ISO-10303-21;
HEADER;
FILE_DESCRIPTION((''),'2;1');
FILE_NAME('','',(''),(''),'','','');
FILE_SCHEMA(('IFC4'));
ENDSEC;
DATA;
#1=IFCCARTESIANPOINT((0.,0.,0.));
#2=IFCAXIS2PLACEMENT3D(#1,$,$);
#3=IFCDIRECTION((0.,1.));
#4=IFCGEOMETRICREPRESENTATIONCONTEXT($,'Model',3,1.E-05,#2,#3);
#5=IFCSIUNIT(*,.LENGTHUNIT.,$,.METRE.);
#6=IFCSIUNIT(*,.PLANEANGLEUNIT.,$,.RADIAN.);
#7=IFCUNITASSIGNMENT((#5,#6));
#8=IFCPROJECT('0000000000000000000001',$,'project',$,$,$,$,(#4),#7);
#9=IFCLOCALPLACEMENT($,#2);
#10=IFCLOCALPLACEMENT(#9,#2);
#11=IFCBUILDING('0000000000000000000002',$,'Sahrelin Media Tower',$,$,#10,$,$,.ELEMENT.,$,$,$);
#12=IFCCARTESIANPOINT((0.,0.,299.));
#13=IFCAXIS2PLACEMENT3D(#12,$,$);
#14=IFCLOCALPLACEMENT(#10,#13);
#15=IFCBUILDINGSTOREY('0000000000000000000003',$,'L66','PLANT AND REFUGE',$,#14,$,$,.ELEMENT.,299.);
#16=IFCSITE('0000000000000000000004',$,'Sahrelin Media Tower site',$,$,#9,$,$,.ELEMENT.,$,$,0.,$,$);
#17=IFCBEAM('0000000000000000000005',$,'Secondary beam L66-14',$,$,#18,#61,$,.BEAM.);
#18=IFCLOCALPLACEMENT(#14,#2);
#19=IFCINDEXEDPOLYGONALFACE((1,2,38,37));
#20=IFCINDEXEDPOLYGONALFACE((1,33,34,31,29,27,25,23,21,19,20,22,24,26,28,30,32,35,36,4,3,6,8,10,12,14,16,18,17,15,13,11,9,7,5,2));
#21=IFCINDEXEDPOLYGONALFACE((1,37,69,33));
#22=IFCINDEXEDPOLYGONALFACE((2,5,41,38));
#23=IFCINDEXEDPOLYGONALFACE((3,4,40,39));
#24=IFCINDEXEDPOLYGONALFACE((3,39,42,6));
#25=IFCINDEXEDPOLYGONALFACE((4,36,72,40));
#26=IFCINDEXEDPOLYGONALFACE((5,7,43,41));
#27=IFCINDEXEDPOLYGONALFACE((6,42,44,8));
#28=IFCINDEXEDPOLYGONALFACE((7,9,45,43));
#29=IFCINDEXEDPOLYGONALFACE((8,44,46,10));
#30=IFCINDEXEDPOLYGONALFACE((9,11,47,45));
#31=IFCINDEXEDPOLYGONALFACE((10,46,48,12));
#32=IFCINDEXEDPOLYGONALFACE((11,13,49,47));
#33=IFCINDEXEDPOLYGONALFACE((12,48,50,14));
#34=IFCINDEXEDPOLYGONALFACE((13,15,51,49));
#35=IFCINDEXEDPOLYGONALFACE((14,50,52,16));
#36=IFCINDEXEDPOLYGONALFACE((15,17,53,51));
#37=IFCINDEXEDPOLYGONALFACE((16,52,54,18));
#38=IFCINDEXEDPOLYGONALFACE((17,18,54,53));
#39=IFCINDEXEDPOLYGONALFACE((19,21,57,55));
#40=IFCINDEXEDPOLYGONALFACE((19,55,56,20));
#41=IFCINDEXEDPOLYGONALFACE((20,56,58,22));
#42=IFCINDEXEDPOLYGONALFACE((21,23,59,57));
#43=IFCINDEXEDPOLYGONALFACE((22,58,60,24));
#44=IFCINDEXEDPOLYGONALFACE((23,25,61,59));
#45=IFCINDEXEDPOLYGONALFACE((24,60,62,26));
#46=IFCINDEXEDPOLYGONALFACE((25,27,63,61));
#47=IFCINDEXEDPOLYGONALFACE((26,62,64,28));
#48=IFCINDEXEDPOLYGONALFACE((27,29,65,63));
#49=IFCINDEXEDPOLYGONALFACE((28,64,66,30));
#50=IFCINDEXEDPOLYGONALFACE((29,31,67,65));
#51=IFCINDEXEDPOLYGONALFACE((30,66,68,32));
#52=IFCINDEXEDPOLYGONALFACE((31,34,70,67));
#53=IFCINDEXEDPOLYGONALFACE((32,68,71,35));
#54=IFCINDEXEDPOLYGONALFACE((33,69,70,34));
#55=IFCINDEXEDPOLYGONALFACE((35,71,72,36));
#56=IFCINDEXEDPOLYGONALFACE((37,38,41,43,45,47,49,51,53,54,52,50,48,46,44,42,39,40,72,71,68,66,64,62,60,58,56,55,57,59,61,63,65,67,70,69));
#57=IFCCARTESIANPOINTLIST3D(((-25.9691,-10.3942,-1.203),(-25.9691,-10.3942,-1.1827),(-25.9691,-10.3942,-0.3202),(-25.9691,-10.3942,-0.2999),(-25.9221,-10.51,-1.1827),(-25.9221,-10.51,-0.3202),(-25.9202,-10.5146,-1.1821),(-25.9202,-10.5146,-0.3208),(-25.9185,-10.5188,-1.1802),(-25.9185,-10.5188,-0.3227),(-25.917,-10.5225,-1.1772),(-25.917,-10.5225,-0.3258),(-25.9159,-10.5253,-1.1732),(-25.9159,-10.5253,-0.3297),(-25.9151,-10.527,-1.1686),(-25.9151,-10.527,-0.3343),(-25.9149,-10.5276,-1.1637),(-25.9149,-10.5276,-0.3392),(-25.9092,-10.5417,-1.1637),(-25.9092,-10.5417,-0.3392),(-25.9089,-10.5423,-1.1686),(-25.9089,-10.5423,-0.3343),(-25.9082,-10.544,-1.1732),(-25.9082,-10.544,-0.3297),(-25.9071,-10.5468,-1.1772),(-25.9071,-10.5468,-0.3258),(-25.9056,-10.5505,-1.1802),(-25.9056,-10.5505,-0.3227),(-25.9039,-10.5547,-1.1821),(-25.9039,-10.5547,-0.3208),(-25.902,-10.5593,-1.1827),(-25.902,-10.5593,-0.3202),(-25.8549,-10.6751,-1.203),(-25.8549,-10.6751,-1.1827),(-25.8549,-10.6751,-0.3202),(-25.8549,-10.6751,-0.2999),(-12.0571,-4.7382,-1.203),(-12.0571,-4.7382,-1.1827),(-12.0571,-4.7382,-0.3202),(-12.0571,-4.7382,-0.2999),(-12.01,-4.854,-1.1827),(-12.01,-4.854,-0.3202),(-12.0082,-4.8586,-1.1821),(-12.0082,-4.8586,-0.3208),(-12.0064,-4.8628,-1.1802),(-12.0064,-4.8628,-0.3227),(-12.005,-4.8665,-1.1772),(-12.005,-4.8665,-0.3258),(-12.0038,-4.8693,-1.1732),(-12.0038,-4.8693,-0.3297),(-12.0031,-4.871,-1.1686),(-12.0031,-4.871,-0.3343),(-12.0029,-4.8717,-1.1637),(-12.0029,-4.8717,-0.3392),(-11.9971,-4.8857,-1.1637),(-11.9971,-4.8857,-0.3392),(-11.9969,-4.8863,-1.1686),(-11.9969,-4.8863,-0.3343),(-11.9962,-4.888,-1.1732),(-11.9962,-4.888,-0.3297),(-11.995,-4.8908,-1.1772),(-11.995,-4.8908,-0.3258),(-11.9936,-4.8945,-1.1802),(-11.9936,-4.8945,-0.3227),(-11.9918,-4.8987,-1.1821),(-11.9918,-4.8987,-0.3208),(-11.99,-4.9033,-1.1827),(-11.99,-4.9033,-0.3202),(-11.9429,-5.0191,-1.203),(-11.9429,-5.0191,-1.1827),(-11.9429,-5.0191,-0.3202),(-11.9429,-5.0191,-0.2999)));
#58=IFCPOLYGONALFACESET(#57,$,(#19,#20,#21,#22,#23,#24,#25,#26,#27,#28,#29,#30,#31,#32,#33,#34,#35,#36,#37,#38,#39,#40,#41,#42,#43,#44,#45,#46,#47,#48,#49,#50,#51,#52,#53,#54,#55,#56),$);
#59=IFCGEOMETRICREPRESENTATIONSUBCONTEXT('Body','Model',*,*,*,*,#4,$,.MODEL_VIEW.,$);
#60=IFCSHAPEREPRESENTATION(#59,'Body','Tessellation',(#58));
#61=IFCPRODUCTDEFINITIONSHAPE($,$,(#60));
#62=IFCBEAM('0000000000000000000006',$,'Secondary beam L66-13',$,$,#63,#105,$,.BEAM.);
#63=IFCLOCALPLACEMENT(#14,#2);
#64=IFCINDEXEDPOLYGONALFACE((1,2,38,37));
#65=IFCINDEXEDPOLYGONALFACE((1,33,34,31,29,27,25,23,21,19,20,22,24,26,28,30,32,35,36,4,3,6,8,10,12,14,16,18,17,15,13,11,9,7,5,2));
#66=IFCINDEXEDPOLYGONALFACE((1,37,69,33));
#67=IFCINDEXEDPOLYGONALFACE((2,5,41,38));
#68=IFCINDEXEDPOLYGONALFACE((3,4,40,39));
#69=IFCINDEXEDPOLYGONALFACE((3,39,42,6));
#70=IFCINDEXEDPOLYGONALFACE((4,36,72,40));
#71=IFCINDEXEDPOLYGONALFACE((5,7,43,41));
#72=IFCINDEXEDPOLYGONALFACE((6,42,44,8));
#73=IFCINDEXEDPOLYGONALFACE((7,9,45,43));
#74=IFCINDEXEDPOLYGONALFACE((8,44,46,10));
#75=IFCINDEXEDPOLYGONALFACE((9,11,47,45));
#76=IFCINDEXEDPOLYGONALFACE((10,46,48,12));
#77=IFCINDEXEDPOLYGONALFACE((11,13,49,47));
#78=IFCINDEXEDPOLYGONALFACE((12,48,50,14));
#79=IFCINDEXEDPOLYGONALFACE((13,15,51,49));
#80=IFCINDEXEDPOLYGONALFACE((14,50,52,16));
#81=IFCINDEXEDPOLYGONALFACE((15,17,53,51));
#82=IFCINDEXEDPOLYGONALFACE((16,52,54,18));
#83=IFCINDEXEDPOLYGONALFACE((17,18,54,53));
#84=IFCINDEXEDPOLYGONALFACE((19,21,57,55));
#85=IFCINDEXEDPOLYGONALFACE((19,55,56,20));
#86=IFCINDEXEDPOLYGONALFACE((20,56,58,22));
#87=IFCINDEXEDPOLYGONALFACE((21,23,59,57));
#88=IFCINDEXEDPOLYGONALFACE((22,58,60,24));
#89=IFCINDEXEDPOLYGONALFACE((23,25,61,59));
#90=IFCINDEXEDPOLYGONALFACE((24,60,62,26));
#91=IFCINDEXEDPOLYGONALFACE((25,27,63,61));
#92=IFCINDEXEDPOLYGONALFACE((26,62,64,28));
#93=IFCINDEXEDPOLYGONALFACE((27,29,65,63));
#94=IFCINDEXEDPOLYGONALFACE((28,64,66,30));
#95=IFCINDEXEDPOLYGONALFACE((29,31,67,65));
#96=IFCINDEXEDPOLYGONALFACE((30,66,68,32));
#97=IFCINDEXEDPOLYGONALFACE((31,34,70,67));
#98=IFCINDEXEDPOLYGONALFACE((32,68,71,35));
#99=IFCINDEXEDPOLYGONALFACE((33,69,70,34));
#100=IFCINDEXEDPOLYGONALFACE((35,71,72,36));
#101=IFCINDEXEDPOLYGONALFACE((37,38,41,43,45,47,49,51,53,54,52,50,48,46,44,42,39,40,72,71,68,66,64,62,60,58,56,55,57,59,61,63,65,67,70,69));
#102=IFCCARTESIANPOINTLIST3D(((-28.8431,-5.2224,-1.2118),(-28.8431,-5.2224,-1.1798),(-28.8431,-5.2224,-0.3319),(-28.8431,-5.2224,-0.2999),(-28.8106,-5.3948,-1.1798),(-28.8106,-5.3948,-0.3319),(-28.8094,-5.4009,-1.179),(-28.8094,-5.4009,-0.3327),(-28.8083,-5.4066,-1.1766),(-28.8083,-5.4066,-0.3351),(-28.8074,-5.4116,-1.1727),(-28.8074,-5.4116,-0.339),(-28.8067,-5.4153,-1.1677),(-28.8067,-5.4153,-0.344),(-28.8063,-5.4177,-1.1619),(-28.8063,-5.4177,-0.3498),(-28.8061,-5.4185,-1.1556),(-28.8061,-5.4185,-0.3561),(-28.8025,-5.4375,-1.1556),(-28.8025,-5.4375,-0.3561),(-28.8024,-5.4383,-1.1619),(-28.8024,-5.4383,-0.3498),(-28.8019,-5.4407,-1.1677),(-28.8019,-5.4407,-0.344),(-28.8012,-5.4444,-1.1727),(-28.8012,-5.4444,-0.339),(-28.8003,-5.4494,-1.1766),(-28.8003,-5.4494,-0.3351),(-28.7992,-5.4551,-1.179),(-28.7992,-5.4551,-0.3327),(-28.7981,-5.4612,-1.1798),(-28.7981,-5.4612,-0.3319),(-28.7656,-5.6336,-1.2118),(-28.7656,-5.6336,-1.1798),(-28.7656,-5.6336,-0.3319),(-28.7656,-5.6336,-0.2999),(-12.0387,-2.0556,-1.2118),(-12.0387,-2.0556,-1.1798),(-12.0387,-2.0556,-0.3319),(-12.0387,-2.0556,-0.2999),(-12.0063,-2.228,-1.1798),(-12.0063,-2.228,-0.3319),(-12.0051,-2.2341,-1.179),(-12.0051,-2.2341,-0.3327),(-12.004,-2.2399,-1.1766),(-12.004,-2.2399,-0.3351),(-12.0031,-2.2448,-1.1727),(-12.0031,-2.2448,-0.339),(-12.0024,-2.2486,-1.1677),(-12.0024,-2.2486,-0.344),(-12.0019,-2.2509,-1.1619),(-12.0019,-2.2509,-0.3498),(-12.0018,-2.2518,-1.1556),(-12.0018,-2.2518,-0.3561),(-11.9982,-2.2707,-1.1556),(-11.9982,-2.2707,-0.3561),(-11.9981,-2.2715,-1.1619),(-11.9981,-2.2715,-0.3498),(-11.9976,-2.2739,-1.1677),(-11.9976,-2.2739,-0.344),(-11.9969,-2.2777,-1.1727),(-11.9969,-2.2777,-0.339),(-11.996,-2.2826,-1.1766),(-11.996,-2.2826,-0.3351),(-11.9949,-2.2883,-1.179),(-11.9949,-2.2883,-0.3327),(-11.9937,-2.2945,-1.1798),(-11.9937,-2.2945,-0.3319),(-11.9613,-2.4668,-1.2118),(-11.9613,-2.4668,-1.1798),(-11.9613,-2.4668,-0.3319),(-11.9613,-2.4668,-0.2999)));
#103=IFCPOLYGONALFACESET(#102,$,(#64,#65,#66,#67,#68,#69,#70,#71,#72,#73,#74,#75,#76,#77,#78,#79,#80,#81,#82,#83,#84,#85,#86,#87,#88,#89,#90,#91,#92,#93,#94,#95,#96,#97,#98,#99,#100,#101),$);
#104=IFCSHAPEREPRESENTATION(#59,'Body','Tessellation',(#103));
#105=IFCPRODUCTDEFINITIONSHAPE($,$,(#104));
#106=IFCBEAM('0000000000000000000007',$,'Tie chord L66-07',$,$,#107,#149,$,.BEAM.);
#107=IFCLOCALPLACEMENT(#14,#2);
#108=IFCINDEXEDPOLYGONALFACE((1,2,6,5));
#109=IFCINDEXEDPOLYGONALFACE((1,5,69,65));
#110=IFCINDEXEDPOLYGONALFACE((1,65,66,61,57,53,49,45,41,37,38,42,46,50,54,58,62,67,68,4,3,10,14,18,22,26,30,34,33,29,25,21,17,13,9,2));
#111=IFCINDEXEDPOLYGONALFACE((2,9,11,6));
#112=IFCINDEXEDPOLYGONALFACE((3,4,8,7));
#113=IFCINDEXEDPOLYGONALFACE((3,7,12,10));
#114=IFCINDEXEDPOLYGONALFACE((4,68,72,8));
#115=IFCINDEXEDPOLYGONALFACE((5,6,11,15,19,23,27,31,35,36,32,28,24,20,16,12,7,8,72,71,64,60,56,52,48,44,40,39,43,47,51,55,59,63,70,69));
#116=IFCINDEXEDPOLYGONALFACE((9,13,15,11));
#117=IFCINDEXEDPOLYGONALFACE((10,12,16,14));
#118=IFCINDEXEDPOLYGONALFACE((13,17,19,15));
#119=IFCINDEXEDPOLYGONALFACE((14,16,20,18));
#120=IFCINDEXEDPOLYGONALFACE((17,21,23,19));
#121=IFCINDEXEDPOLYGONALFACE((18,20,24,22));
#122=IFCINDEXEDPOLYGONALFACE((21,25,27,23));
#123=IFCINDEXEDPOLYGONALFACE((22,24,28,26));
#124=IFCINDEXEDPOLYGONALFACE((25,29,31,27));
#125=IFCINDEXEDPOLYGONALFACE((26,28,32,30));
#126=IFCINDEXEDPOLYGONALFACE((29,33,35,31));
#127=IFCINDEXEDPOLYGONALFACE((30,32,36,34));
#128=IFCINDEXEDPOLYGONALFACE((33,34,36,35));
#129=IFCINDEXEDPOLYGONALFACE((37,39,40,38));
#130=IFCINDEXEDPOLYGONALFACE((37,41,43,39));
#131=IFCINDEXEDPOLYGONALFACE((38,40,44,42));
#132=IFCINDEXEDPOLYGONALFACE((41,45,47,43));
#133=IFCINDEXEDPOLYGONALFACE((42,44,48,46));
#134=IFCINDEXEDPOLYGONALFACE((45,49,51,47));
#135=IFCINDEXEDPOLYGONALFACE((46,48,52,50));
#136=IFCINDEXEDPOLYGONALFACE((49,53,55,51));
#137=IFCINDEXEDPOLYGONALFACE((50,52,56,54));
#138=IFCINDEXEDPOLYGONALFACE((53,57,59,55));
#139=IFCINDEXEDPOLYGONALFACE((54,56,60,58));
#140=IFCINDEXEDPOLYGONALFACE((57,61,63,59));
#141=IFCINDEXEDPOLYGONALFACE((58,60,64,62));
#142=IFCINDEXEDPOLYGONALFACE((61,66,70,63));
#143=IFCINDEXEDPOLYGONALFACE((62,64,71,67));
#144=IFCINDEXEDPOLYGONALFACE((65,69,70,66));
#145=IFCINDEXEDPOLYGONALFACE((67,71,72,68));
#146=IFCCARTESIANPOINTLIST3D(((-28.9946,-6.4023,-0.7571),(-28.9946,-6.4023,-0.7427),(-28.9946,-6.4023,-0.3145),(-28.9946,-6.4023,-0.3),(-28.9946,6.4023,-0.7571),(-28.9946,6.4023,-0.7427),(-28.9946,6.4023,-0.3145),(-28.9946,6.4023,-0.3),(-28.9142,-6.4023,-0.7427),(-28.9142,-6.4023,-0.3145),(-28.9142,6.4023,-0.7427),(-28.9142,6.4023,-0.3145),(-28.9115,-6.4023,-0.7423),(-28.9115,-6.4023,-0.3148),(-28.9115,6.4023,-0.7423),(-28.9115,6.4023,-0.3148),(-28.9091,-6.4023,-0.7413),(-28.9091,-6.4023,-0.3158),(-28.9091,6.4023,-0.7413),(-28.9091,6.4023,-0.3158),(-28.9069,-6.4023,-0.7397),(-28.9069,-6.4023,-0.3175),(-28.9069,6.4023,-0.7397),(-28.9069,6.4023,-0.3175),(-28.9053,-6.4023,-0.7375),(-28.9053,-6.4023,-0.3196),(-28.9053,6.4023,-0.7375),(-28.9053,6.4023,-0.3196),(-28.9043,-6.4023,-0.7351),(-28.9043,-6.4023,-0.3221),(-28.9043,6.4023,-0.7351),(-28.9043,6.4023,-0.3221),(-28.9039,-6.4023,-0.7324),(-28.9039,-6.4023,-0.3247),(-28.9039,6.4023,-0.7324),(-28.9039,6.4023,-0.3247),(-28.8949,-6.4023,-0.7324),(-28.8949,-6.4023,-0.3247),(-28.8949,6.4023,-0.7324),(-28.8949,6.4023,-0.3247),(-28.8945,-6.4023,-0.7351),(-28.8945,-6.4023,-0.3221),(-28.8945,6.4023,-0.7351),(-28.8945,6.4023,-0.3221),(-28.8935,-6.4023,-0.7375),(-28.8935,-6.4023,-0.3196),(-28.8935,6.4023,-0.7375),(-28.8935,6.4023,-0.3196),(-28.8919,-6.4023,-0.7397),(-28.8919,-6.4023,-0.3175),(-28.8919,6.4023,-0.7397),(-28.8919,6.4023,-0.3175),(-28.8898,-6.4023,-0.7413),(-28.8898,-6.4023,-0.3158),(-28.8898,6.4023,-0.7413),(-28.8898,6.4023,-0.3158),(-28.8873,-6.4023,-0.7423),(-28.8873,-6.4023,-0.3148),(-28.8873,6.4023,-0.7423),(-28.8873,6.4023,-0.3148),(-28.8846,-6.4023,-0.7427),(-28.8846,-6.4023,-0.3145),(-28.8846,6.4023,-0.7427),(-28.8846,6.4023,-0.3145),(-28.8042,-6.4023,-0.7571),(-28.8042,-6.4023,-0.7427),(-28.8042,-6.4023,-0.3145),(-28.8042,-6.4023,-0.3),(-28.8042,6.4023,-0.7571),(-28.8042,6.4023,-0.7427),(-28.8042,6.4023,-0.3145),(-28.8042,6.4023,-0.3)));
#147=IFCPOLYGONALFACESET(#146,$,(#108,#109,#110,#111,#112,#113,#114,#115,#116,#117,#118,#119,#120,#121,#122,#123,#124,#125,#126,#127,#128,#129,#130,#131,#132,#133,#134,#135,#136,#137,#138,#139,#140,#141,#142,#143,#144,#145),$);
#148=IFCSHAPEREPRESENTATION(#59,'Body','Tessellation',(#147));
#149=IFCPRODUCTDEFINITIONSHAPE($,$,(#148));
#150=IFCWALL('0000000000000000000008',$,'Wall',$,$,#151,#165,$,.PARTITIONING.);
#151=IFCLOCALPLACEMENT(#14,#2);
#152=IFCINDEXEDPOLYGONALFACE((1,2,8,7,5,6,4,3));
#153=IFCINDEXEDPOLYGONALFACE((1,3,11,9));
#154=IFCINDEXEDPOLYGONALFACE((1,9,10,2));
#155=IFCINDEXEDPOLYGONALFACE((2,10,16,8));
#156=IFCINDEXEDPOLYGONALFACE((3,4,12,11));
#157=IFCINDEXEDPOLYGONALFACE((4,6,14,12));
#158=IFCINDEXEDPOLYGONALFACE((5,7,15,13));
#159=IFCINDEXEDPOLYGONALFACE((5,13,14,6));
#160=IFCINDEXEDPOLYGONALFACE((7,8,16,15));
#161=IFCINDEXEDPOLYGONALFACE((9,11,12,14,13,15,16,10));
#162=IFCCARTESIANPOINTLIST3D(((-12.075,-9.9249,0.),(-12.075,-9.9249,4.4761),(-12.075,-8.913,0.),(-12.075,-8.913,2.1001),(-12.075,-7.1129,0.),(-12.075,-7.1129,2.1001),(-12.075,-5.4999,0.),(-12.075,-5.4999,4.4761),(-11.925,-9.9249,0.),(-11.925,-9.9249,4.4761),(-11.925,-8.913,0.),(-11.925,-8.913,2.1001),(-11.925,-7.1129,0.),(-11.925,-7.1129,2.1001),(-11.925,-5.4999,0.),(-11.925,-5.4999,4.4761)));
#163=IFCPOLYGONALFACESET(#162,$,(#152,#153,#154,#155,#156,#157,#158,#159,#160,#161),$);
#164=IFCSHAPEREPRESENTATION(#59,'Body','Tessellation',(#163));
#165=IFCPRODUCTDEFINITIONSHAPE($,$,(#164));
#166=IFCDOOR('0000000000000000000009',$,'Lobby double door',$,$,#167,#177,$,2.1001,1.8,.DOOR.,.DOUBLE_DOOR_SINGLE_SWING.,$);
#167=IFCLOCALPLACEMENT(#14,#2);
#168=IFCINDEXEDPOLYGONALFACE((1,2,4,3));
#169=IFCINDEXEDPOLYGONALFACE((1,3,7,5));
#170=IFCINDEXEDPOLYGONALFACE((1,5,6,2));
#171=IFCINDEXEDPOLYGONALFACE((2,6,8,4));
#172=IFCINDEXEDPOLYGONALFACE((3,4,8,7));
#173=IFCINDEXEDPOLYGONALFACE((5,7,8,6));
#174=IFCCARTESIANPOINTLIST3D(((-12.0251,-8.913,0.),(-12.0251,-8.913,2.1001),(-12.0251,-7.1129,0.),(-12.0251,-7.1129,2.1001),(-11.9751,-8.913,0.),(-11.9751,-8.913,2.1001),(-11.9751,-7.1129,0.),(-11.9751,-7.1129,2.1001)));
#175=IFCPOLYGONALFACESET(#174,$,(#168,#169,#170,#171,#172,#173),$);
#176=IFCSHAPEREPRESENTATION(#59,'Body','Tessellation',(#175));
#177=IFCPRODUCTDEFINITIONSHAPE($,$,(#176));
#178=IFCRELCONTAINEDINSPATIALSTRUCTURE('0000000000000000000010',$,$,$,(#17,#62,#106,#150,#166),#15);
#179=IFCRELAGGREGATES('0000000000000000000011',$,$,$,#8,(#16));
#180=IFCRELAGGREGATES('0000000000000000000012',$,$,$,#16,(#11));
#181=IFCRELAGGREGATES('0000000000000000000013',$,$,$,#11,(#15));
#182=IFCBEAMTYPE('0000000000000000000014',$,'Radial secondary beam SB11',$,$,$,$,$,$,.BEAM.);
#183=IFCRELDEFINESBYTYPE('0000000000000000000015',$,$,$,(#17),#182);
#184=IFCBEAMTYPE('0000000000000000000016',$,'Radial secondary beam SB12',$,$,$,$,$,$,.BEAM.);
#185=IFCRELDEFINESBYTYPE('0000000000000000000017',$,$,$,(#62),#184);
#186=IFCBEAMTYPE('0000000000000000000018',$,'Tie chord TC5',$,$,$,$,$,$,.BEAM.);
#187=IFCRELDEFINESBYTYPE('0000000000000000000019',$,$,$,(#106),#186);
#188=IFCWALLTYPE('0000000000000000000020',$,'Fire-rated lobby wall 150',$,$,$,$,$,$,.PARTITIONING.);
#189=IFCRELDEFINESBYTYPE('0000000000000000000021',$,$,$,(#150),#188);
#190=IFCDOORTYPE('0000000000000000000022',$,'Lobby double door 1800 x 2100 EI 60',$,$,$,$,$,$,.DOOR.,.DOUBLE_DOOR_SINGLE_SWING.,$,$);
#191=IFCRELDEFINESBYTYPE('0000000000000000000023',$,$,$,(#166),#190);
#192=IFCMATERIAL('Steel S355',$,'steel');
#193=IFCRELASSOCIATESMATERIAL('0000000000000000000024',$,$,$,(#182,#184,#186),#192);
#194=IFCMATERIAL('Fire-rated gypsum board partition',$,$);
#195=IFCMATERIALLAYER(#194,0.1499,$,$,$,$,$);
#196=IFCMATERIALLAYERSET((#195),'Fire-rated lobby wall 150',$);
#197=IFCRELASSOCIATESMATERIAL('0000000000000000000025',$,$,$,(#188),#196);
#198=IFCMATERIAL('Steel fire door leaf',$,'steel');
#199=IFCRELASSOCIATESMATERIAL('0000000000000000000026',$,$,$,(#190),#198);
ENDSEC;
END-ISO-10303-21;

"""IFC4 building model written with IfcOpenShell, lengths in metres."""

from ifc_helpers import new_model, si_unit, direction, frame, frame_2d, origin, origin_2d, place, context, subcontext, project, spatial, rectangle, i_section, extrude, material, layer, layer_set, material_profile, profile_set, type_object, element, fill, save


model = new_model("IFC4")

# Units and contexts
model_context = context("Model", 3, precision=1e-05, world=origin(), true_north=direction((0.0, 1.0)))
body_context = subcontext(model_context, "Body", "Model", "MODEL_VIEW")
ifc_project = project(units=[si_unit("LENGTHUNIT", "METRE"), si_unit("PLANEANGLEUNIT", "RADIAN")], contexts=[model_context])

# Site, building, storey
site_placement = place(None, origin())
site = spatial("IfcSite", under=ifc_project, at=site_placement, Name="Sahrelin Media Tower site", CompositionType="ELEMENT", RefElevation=0.0)
building_placement = place(site_placement, origin())
building = spatial("IfcBuilding", under=site, at=building_placement, Name="Sahrelin Media Tower", CompositionType="ELEMENT")
storey_placement = place(building_placement, frame((0.0, 0.0, 299.0)))
storey = spatial("IfcBuildingStorey", under=building, at=storey_placement, Name="L66", Description="PLANT AND REFUGE", CompositionType="ELEMENT", Elevation=299.0)

# Beams
ifc_material_1 = material(Name="Steel S355", Category="steel")
ifc_material_profile_1 = material_profile(ifc_material_1, i_section(OverallWidth=0.3032, OverallDepth=0.9031, WebThickness=0.0151, FlangeThickness=0.0203, FilletRadius=0.019, at=origin_2d()), Name="UB 914x305x201")
ifc_profile_set_1 = profile_set([ifc_material_profile_1], Name="Steel S355")
beam_type_1 = type_object("IfcBeamType", Name="Radial secondary beam SB11", PredefinedType="BEAM", material=ifc_profile_set_1)
beam_1_placement = place(storey_placement, frame((-12.0, -4.8787, -0.7515), z_axis=(-0.926369, -0.376618, 0.0), x_axis=(0.376618, -0.926369, 0.0)))
element("IfcBeam", 1, at=beam_1_placement, inside=storey, type_object=beam_type_1, Name="Secondary beam L66-14", PredefinedType="BEAM", context=body_context, shape_type="SweptSolid", body=[
    extrude(i_section(OverallWidth=0.3032, OverallDepth=0.9031, WebThickness=0.0151, FlangeThickness=0.0203, FilletRadius=0.019, at=origin_2d()), origin(), (0.0, 0.0, 1.0), 15.0178),
])
ifc_material_profile_2 = material_profile(ifc_material_1, i_section(OverallWidth=0.4185, OverallDepth=0.9119, WebThickness=0.0193, FlangeThickness=0.032, FilletRadius=0.0242, at=origin_2d()), Name="UB 914x419x343")
ifc_profile_set_2 = profile_set([ifc_material_profile_2], Name="Steel S355")
beam_type_2 = type_object("IfcBeamType", Name="Radial secondary beam SB12", PredefinedType="BEAM", material=ifc_profile_set_2)
beam_2_placement = place(storey_placement, frame((-12.0, -2.2612, -0.7559), z_axis=(-0.982703, -0.18519, 0.0), x_axis=(0.18519, -0.982703, 0.0)))
element("IfcBeam", 2, at=beam_2_placement, inside=storey, type_object=beam_type_2, Name="Secondary beam L66-13", PredefinedType="BEAM", context=body_context, shape_type="SweptSolid", body=[
    extrude(i_section(OverallWidth=0.4185, OverallDepth=0.9119, WebThickness=0.0193, FlangeThickness=0.032, FilletRadius=0.0242, at=origin_2d()), origin(), (0.0, 0.0, 1.0), 17.1001),
])
ifc_material_profile_3 = material_profile(ifc_material_1, i_section(OverallWidth=0.1904, OverallDepth=0.457, WebThickness=0.009, FlangeThickness=0.0144, FilletRadius=0.0103, at=origin_2d()), Name="UB 457x191x74")
ifc_profile_set_3 = profile_set([ifc_material_profile_3], Name="Steel S355")
beam_type_3 = type_object("IfcBeamType", Name="Tie chord TC5", PredefinedType="BEAM", material=ifc_profile_set_3)
beam_3_placement = place(storey_placement, frame((-28.8994, -6.4023, -0.5286), z_axis=(0.0, 1.0, 0.0), x_axis=(-1.0, 0.0, 0.0)))
element("IfcBeam", 3, at=beam_3_placement, inside=storey, type_object=beam_type_3, Name="Tie chord L66-07", PredefinedType="BEAM", context=body_context, shape_type="SweptSolid", body=[
    extrude(i_section(OverallWidth=0.1904, OverallDepth=0.457, WebThickness=0.009, FlangeThickness=0.0144, FilletRadius=0.0103, at=origin_2d()), origin(), (0.0, 0.0, 1.0), 12.8047),
])

# Wall, opening, door
ifc_material_2 = material(Name="Fire-rated gypsum board partition")
ifc_layer_1 = layer(ifc_material_2, 0.1499)
ifc_layer_set_1 = layer_set([ifc_layer_1], Name="Fire-rated lobby wall 150")
wall_type_1 = type_object("IfcWallType", Name="Fire-rated lobby wall 150", PredefinedType="PARTITIONING", material=ifc_layer_set_1)
wall_1_placement = place(storey_placement, frame((-12.0, -5.5, 0.0), z_axis=(0.0, 0.0, 1.0), x_axis=(0.0, -1.0, 0.0)))
wall_1 = element("IfcWall", 4, at=wall_1_placement, inside=storey, type_object=wall_type_1, Name="Wall", PredefinedType="PARTITIONING", context=body_context, shape_type="SweptSolid", body=[
    extrude(rectangle(XDim=4.425, YDim=0.1499, at=frame_2d((2.2124, 0.0))), origin(), (0.0, 0.0, 1.0), 4.4761),
])
opening_1_placement = place(wall_1_placement, frame((1.613, 0.0, 0.0)))
opening_1 = element("IfcOpeningElement", 5, at=opening_1_placement, cuts=wall_1, PredefinedType="OPENING", context=body_context, shape_type="SweptSolid", body=[
    extrude(rectangle(XDim=1.8, YDim=2.1001, at=frame_2d((0.8999, 1.05))), frame((0.0, 0.075, 0.0), z_axis=(0.0, -1.0, 0.0), x_axis=(1.0, 0.0, 0.0)), (0.0, 0.0, 1.0), 0.1499),
])
ifc_material_3 = material(Name="Steel fire door leaf", Category="steel")
door_type = type_object("IfcDoorType", Name="Lobby double door 1800 x 2100 EI 60", OperationType="DOUBLE_DOOR_SINGLE_SWING", PredefinedType="DOOR", material=ifc_material_3)
door_1_placement = place(opening_1_placement, origin())
door_1 = element("IfcDoor", 6, at=door_1_placement, inside=storey, type_object=door_type, Name="Lobby double door", OperationType="DOUBLE_DOOR_SINGLE_SWING", OverallHeight=2.1001, OverallWidth=1.8, PredefinedType="DOOR", context=body_context, shape_type="SweptSolid", body=[
    extrude(rectangle(XDim=1.8, YDim=2.1001, at=frame_2d((0.8999, 1.05))), frame((0.0, 0.0249, 0.0), z_axis=(0.0, -1.0, 0.0), x_axis=(1.0, 0.0, 0.0)), (0.0, 0.0, 1.0), 0.05),
])
fill(opening_1, door_1)

save(model, "model.ifc")
